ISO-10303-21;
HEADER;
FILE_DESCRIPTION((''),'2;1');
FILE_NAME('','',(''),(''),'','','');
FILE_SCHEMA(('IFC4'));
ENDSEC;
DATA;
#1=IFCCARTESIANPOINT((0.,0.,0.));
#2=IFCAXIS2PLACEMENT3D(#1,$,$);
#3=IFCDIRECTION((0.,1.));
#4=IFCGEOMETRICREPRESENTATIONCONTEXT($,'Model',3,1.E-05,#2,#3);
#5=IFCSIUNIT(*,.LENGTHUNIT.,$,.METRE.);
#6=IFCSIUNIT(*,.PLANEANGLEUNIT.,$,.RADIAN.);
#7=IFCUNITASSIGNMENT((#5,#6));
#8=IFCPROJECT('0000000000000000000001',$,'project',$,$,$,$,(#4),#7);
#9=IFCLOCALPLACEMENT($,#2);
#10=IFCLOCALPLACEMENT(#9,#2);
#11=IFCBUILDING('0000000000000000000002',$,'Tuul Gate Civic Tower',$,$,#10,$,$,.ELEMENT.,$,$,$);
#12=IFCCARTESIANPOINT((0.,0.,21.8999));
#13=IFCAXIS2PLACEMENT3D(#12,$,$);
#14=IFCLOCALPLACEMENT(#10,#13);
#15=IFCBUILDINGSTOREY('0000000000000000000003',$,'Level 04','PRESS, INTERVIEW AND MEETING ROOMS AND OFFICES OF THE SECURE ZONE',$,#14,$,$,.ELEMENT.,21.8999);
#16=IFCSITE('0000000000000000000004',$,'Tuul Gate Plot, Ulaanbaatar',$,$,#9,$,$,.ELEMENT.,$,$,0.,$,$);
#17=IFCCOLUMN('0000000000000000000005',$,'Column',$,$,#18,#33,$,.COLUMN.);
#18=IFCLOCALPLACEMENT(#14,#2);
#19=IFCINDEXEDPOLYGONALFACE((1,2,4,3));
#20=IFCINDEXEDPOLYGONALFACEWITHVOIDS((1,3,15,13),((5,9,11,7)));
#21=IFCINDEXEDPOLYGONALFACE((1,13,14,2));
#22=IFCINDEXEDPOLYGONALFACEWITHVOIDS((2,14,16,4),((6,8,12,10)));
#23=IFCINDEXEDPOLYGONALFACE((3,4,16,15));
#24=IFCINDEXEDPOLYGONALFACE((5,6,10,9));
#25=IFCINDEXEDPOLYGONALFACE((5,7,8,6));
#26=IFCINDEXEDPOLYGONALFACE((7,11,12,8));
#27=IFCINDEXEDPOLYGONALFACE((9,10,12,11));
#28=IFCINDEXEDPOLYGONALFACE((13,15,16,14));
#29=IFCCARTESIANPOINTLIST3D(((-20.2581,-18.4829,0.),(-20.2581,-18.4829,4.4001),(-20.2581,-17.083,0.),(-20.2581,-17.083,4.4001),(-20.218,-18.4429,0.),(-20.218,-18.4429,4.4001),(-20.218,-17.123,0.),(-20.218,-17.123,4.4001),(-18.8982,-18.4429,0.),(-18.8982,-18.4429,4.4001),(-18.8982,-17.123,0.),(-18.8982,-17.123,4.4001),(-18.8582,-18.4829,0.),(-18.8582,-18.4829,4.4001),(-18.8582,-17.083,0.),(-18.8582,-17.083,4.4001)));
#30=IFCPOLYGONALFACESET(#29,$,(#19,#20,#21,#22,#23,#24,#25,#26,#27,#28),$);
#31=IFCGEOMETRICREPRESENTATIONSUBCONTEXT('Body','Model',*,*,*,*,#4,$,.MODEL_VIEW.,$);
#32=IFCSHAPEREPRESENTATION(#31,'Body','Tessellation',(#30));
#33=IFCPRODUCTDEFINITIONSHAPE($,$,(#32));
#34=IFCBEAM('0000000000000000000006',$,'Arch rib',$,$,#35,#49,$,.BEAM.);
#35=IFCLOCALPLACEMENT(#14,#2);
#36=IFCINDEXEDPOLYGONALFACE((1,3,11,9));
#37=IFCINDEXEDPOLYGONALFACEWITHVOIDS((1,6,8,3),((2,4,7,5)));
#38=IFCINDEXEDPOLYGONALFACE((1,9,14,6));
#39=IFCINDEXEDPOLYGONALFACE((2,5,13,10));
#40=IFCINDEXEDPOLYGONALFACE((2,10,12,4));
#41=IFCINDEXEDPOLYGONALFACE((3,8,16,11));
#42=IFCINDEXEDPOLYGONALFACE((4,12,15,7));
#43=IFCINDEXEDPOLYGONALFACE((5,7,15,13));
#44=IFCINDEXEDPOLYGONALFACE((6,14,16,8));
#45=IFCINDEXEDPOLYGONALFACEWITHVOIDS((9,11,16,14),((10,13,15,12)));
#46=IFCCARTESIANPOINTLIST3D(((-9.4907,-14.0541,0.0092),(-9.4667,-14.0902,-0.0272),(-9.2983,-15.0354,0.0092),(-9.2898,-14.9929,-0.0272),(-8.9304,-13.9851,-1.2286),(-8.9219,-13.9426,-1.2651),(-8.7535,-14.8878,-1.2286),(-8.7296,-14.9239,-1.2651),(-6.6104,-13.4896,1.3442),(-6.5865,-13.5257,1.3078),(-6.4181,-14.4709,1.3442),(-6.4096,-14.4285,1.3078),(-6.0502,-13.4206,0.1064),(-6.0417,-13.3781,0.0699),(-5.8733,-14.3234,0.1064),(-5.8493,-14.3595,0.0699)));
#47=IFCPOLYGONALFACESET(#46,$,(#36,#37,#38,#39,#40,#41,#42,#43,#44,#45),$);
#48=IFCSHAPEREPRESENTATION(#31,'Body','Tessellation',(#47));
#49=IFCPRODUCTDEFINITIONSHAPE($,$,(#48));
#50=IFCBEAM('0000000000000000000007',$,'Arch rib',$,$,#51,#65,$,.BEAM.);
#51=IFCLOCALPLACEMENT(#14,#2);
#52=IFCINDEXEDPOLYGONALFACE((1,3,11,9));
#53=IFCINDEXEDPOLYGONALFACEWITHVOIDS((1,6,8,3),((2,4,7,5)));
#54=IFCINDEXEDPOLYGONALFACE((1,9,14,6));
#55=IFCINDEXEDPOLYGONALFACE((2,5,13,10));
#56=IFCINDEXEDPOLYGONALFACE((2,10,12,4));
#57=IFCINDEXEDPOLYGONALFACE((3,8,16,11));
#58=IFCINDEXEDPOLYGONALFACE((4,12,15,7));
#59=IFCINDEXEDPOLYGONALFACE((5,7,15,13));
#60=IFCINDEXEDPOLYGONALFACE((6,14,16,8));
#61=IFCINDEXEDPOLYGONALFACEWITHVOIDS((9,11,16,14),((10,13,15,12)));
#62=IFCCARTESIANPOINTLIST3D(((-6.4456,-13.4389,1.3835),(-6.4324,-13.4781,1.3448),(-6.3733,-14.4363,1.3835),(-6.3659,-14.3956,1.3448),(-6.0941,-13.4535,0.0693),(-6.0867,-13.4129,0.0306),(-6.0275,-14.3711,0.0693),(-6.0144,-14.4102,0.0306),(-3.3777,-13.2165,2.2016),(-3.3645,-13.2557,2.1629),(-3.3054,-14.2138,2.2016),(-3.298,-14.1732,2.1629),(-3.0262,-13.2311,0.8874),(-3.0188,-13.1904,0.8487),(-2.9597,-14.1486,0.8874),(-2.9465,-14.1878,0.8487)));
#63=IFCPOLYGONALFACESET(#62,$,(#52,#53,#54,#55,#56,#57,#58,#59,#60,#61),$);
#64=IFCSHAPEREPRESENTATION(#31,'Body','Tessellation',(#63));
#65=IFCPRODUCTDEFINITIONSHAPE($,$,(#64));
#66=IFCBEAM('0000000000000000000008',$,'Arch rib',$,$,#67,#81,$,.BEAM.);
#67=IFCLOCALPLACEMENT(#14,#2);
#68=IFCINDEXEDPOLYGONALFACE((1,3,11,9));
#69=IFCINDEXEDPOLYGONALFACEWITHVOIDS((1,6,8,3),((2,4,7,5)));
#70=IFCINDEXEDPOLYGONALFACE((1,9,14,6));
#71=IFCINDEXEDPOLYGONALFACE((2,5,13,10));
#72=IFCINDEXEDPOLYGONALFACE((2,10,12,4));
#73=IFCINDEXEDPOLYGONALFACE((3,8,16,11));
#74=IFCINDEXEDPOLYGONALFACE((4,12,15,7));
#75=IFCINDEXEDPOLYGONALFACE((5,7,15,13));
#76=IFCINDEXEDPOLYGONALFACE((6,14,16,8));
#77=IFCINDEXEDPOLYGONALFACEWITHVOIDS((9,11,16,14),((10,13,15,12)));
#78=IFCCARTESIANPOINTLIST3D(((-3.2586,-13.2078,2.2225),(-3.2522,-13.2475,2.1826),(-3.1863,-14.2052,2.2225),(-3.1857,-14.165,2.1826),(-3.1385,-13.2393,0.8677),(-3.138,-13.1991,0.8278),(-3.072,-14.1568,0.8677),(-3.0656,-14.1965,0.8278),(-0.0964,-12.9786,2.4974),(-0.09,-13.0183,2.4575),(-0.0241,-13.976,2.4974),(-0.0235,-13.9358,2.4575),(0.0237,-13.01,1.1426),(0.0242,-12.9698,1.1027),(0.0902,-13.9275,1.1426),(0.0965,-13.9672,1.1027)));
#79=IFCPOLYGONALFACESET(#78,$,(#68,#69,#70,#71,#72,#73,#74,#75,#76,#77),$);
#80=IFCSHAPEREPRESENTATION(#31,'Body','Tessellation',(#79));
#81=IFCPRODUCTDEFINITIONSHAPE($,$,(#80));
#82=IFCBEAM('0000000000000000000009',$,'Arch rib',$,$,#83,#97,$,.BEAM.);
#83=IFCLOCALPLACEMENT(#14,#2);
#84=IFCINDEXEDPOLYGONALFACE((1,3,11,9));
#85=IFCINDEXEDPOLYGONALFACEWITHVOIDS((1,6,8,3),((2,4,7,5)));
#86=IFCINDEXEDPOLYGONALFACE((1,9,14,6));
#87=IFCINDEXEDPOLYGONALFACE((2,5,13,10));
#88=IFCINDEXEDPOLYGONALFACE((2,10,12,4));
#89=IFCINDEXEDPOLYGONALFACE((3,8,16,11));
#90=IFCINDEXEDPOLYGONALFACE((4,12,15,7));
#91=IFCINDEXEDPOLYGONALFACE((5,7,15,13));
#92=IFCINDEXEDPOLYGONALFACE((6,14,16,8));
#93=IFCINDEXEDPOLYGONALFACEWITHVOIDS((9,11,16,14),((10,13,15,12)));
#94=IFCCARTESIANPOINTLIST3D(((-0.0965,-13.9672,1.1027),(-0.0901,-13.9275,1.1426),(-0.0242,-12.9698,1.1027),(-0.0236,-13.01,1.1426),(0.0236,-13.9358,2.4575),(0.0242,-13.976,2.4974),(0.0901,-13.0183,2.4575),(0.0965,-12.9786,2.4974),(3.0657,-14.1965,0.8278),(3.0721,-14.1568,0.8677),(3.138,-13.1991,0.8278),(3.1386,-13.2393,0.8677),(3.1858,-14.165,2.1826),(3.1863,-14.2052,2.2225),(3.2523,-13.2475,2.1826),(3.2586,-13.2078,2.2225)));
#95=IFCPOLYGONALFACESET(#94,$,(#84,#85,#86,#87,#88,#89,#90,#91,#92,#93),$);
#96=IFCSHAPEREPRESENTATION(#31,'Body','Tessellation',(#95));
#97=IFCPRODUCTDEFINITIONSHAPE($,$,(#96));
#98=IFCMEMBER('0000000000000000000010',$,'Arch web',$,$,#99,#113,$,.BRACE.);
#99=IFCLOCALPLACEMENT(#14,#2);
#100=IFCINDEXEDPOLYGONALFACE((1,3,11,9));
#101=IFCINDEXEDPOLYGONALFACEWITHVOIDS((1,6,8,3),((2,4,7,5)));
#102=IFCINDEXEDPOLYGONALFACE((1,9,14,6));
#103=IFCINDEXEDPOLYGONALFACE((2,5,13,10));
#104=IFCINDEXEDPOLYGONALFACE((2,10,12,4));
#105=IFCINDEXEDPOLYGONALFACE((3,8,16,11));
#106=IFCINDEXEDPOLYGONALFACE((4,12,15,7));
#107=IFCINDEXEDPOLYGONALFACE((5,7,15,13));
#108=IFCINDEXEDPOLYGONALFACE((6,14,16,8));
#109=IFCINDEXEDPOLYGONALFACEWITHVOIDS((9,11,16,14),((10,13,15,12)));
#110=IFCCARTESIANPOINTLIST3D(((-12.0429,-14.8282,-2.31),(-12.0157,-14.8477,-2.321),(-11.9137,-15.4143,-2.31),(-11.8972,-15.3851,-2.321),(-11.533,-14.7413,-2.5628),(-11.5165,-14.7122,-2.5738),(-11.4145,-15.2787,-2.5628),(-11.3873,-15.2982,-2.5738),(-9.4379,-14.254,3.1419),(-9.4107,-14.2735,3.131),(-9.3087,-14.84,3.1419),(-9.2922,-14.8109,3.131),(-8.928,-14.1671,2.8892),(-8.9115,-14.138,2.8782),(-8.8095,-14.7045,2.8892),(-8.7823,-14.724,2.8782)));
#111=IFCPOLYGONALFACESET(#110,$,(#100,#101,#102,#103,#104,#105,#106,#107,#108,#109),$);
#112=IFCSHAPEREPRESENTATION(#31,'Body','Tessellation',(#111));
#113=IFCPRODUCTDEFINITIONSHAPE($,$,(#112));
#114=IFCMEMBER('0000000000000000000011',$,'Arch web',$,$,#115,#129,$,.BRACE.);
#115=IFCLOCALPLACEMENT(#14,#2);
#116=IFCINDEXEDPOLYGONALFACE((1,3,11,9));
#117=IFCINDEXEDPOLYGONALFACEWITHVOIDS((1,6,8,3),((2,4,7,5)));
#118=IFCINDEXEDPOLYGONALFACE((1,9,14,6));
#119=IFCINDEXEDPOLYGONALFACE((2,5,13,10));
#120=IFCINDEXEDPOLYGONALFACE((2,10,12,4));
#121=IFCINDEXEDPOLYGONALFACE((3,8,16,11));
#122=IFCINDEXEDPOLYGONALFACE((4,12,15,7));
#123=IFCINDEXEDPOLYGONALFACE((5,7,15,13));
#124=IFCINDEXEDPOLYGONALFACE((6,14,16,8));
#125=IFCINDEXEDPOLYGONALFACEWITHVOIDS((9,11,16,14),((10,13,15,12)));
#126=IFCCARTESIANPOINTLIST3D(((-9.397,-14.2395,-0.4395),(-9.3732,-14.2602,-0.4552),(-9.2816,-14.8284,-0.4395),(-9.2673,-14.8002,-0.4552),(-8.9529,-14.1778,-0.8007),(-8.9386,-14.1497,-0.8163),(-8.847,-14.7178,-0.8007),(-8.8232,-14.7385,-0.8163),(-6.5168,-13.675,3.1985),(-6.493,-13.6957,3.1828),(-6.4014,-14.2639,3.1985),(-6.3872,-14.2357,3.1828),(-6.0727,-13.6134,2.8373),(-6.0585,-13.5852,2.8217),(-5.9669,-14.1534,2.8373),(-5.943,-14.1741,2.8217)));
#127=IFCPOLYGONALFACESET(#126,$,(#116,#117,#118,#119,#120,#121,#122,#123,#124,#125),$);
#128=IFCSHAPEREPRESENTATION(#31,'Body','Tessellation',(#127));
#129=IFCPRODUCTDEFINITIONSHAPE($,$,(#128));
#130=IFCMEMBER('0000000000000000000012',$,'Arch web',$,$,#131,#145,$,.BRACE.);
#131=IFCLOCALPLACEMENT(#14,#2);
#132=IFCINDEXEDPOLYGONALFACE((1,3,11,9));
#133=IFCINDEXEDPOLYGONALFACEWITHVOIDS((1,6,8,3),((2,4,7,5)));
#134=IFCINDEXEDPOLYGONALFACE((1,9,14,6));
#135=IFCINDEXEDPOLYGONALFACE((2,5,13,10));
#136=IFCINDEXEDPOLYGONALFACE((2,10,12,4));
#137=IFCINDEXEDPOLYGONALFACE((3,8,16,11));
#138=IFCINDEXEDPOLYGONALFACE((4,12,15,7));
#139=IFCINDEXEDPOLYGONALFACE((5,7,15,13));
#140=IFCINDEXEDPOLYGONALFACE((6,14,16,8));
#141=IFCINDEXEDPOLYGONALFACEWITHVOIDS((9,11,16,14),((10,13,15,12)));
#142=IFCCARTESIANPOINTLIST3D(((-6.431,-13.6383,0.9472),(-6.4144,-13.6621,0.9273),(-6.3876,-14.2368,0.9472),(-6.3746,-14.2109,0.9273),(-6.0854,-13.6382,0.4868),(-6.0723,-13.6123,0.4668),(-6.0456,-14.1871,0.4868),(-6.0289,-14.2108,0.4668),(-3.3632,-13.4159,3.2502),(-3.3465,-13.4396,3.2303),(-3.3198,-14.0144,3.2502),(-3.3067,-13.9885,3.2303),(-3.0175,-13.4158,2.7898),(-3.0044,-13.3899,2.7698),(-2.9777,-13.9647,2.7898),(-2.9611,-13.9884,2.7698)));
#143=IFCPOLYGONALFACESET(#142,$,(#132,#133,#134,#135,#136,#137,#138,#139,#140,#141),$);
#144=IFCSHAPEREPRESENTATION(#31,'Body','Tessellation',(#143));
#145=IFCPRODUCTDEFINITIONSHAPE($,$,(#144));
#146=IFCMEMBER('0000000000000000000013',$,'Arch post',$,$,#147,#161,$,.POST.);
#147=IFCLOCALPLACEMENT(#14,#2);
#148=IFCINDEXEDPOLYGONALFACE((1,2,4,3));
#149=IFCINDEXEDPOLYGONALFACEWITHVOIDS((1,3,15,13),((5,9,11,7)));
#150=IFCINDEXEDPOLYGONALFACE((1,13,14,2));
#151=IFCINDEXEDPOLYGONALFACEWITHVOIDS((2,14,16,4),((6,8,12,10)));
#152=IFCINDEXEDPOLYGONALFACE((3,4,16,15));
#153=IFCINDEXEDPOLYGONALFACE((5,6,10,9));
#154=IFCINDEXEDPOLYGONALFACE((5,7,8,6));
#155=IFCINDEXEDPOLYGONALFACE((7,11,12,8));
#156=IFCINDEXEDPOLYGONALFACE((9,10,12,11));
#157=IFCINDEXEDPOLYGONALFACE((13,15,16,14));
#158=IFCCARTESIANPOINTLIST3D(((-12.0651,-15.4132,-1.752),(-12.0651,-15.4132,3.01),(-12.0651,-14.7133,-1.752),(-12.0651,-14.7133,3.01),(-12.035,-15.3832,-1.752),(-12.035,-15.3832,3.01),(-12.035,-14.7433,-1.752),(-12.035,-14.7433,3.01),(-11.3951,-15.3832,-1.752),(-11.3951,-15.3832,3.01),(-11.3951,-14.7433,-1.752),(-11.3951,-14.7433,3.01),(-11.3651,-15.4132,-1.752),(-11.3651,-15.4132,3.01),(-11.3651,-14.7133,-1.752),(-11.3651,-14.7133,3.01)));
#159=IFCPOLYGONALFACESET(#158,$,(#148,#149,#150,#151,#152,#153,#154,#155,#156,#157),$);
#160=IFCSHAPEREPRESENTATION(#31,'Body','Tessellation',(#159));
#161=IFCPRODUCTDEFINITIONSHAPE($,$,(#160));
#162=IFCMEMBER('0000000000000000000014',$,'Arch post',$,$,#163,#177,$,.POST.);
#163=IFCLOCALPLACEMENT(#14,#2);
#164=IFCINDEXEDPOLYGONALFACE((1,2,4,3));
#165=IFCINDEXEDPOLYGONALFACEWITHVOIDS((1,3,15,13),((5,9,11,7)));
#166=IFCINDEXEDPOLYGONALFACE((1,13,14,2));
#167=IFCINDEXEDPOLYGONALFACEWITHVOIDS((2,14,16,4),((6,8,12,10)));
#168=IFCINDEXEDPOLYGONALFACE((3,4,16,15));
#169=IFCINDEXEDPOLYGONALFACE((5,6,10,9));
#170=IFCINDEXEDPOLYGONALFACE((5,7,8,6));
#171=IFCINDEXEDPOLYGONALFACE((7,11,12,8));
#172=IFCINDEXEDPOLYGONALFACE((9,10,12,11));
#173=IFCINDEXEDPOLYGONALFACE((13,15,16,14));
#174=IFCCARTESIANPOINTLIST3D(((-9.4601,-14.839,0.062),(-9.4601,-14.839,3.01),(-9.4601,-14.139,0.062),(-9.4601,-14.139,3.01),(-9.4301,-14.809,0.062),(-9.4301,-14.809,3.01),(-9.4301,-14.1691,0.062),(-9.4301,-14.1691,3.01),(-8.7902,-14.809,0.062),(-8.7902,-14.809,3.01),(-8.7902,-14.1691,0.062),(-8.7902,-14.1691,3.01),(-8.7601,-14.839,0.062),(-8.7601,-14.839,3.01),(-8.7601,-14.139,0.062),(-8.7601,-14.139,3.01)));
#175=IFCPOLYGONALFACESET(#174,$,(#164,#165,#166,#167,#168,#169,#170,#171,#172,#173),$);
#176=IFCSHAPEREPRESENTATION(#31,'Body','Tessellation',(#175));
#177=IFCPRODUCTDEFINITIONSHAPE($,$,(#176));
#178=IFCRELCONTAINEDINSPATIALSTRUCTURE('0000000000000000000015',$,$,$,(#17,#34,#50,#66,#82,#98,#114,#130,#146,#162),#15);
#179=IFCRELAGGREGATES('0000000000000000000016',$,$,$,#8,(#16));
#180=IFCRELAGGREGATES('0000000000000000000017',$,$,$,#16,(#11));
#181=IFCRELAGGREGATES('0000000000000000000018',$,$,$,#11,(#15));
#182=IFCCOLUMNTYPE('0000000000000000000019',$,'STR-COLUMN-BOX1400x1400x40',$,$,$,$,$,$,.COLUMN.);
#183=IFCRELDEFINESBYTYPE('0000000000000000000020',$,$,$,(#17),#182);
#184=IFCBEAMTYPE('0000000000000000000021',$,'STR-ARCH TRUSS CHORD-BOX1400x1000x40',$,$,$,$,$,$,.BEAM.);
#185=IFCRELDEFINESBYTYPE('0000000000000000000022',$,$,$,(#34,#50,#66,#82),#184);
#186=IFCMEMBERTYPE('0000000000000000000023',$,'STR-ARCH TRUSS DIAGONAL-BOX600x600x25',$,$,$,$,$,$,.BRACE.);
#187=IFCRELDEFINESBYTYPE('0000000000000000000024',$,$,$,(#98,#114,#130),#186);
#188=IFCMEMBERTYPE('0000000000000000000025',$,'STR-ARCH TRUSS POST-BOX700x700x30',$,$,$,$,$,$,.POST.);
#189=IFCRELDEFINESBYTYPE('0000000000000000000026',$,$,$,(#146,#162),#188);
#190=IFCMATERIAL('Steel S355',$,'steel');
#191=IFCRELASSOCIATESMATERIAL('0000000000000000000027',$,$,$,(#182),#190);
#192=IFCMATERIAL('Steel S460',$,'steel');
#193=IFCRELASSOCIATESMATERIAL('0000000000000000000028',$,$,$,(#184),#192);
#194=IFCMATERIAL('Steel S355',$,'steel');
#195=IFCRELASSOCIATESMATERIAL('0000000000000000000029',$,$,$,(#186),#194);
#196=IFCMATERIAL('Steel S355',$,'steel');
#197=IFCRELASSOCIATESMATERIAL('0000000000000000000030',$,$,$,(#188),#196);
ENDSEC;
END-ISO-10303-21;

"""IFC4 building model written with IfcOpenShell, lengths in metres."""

from ifc_helpers import new_model, si_unit, direction, frame, origin, origin_2d, place, context, subcontext, project, spatial, hollow_rectangle, extrude, material, material_profile, profile_set, type_object, element, save


model = new_model("IFC4")

# Units and contexts
model_context = context("Model", 3, precision=1e-05, world=origin(), true_north=direction((0.0, 1.0)))
body_context = subcontext(model_context, "Body", "Model", "MODEL_VIEW")
ifc_project = project(units=[si_unit("LENGTHUNIT", "METRE"), si_unit("PLANEANGLEUNIT", "RADIAN")], contexts=[model_context])

# Site, building, storey
site_placement = place(None, origin())
site = spatial("IfcSite", under=ifc_project, at=site_placement, Name="Tuul Gate Plot, Ulaanbaatar", CompositionType="ELEMENT", RefElevation=0.0)
building_placement = place(site_placement, origin())
building = spatial("IfcBuilding", under=site, at=building_placement, Name="Tuul Gate Civic Tower", CompositionType="ELEMENT")
storey_placement = place(building_placement, frame((0.0, 0.0, 21.8999)))
storey = spatial("IfcBuildingStorey", under=building, at=storey_placement, Name="Level 04", Description="PRESS, INTERVIEW AND MEETING ROOMS AND OFFICES OF THE SECURE ZONE", CompositionType="ELEMENT", Elevation=21.8999)

# Column
ifc_material_1 = material(Name="Steel S355", Category="steel")
ifc_material_profile_1 = material_profile(ifc_material_1, hollow_rectangle(XDim=1.3999, YDim=1.3999, WallThickness=0.04, at=origin_2d()), Name="BOX1400x1400x40")
ifc_profile_set_1 = profile_set([ifc_material_profile_1], Name="Steel S355")
column_type = type_object("IfcColumnType", Name="STR-COLUMN-BOX1400x1400x40", PredefinedType="COLUMN", material=ifc_profile_set_1)
column_placement = place(storey_placement, frame((-19.5581, -17.783, 0.0), z_axis=(0.0, 0.0, 1.0), x_axis=(1.0, 0.0, 0.0)))
element("IfcColumn", 1, at=column_placement, inside=storey, type_object=column_type, Name="Column", PredefinedType="COLUMN", context=body_context, shape_type="SweptSolid", body=[
    extrude(hollow_rectangle(XDim=1.3999, YDim=1.3999, WallThickness=0.04, at=origin_2d()), origin(), (0.0, 0.0, 1.0), 4.4001),
])

# Beams
ifc_material_2 = material(Name="Steel S460", Category="steel")
ifc_material_profile_2 = material_profile(ifc_material_2, hollow_rectangle(XDim=1.0, YDim=1.3999, WallThickness=0.04, at=origin_2d()), Name="BOX1400x1000x40")
ifc_profile_set_2 = profile_set([ifc_material_profile_2], Name="Steel S460")
beam_type_1 = type_object("IfcBeamType", Name="STR-ARCH TRUSS CHORD-BOX1400x1000x40", PredefinedType="BEAM", material=ifc_profile_set_2)
beam_1_placement = place(storey_placement, frame((-9.1101, -14.489, -0.6279), z_axis=(0.893267, 0.175064, 0.414036), x_axis=(-0.192323, 0.981332, 0.0)))
element("IfcBeam", 2, at=beam_1_placement, inside=storey, type_object=beam_type_1, Name="Arch rib", PredefinedType="BEAM", context=body_context, shape_type="SweptSolid", body=[
    extrude(hollow_rectangle(XDim=1.0, YDim=1.3999, WallThickness=0.04, at=origin_2d()), origin(), (0.0, 0.0, 1.0), 3.2244),
])
beam_2_placement = place(storey_placement, frame((-6.23, -13.9246, 0.707), z_axis=(0.963872, 0.069878, 0.257038), x_axis=(-0.072307, 0.997382, 0.0)))
element("IfcBeam", 3, at=beam_2_placement, inside=storey, type_object=beam_type_1, Name="Arch rib", PredefinedType="BEAM", context=body_context, shape_type="SweptSolid", body=[
    extrude(hollow_rectangle(XDim=1.0, YDim=1.3999, WallThickness=0.04, at=origin_2d()), origin(), (0.0, 0.0, 1.0), 3.1829),
])
for number, where, z_axis, x_axis, name in (
    (4, (-3.1621, -13.7021, 1.5251), (0.993654, 0.072038, 0.086385), (-0.072309, 0.997382, 0.0), "Arch rib"),
    (5, (0.0, -13.4729, 1.8), (0.993654, -0.072038, -0.086385), (0.072309, 0.997382, 0.0), "Arch rib"),
):
    element("IfcBeam", number, at=place(storey_placement, frame(where, z_axis=z_axis, x_axis=x_axis)), inside=storey, type_object=beam_type_1, Name=name, PredefinedType="BEAM", context=body_context, shape_type="SweptSolid", body=[
        extrude(hollow_rectangle(XDim=1.0, YDim=1.3999, WallThickness=0.04, at=origin_2d()), origin(), (0.0, 0.0, 1.0), 3.1824),
    ])

# Members
ifc_material_3 = material(Name="Steel S355", Category="steel")
ifc_material_profile_3 = material_profile(ifc_material_3, hollow_rectangle(XDim=0.6001, YDim=0.6001, WallThickness=0.0249, at=origin_2d()), Name="BOX600x600x25")
ifc_profile_set_3 = profile_set([ifc_material_profile_3], Name="Steel S355")
member_type_1 = type_object("IfcMemberType", Name="STR-ARCH TRUSS DIAGONAL-BOX600x600x25", PredefinedType="BRACE", material=ifc_profile_set_3)
member_1_placement = place(storey_placement, frame((-11.7151, -15.0632, -2.4419), z_axis=(0.429191, 0.094607, 0.898245), x_axis=(-0.215263, 0.976556, 0.0)))
element("IfcMember", 6, at=member_1_placement, inside=storey, type_object=member_type_1, Name="Arch web", PredefinedType="BRACE", context=body_context, shape_type="SweptSolid", body=[
    extrude(hollow_rectangle(XDim=0.6001, YDim=0.6001, WallThickness=0.0249, at=origin_2d()), origin(), (0.0, 0.0, 1.0), 6.0696),
])
member_2_placement = place(storey_placement, frame((-9.1101, -14.489, -0.6279), z_axis=(0.616173, 0.120759, 0.778299), x_axis=(-0.192323, 0.981332, 0.0)))
element("IfcMember", 7, at=member_2_placement, inside=storey, type_object=member_type_1, Name="Arch web", PredefinedType="BRACE", context=body_context, shape_type="SweptSolid", body=[
    extrude(hollow_rectangle(XDim=0.6001, YDim=0.6001, WallThickness=0.0249, at=origin_2d()), origin(), (0.0, 0.0, 1.0), 4.6743),
])
member_3_placement = place(storey_placement, frame((-6.23, -13.9246, 0.707), z_axis=(0.798399, 0.057882, 0.59934), x_axis=(-0.072307, 0.997382, 0.0)))
element("IfcMember", 8, at=member_3_placement, inside=storey, type_object=member_type_1, Name="Arch web", PredefinedType="BRACE", context=body_context, shape_type="SweptSolid", body=[
    extrude(hollow_rectangle(XDim=0.6001, YDim=0.6001, WallThickness=0.0249, at=origin_2d()), origin(), (0.0, 0.0, 1.0), 3.8425),
])
ifc_material_4 = material(Name="Steel S355", Category="steel")
ifc_material_profile_4 = material_profile(ifc_material_4, hollow_rectangle(XDim=0.7, YDim=0.7, WallThickness=0.03, at=origin_2d()), Name="BOX700x700x30")
ifc_profile_set_4 = profile_set([ifc_material_profile_4], Name="Steel S355")
member_type_2 = type_object("IfcMemberType", Name="STR-ARCH TRUSS POST-BOX700x700x30", PredefinedType="POST", material=ifc_profile_set_4)
member_4_placement = place(storey_placement, frame((-11.7151, -15.0632, -1.752), z_axis=(0.0, 0.0, 1.0), x_axis=(1.0, 0.0, 0.0)))
element("IfcMember", 9, at=member_4_placement, inside=storey, type_object=member_type_2, Name="Arch post", PredefinedType="POST", context=body_context, shape_type="SweptSolid", body=[
    extrude(hollow_rectangle(XDim=0.7, YDim=0.7, WallThickness=0.03, at=origin_2d()), origin(), (0.0, 0.0, 1.0), 4.762),
])
member_5_placement = place(storey_placement, frame((-9.1101, -14.489, 0.062), z_axis=(0.0, 0.0, 1.0), x_axis=(1.0, 0.0, 0.0)))
element("IfcMember", 10, at=member_5_placement, inside=storey, type_object=member_type_2, Name="Arch post", PredefinedType="POST", context=body_context, shape_type="SweptSolid", body=[
    extrude(hollow_rectangle(XDim=0.7, YDim=0.7, WallThickness=0.03, at=origin_2d()), origin(), (0.0, 0.0, 1.0), 2.948),
])

save(model, "model.ifc")
